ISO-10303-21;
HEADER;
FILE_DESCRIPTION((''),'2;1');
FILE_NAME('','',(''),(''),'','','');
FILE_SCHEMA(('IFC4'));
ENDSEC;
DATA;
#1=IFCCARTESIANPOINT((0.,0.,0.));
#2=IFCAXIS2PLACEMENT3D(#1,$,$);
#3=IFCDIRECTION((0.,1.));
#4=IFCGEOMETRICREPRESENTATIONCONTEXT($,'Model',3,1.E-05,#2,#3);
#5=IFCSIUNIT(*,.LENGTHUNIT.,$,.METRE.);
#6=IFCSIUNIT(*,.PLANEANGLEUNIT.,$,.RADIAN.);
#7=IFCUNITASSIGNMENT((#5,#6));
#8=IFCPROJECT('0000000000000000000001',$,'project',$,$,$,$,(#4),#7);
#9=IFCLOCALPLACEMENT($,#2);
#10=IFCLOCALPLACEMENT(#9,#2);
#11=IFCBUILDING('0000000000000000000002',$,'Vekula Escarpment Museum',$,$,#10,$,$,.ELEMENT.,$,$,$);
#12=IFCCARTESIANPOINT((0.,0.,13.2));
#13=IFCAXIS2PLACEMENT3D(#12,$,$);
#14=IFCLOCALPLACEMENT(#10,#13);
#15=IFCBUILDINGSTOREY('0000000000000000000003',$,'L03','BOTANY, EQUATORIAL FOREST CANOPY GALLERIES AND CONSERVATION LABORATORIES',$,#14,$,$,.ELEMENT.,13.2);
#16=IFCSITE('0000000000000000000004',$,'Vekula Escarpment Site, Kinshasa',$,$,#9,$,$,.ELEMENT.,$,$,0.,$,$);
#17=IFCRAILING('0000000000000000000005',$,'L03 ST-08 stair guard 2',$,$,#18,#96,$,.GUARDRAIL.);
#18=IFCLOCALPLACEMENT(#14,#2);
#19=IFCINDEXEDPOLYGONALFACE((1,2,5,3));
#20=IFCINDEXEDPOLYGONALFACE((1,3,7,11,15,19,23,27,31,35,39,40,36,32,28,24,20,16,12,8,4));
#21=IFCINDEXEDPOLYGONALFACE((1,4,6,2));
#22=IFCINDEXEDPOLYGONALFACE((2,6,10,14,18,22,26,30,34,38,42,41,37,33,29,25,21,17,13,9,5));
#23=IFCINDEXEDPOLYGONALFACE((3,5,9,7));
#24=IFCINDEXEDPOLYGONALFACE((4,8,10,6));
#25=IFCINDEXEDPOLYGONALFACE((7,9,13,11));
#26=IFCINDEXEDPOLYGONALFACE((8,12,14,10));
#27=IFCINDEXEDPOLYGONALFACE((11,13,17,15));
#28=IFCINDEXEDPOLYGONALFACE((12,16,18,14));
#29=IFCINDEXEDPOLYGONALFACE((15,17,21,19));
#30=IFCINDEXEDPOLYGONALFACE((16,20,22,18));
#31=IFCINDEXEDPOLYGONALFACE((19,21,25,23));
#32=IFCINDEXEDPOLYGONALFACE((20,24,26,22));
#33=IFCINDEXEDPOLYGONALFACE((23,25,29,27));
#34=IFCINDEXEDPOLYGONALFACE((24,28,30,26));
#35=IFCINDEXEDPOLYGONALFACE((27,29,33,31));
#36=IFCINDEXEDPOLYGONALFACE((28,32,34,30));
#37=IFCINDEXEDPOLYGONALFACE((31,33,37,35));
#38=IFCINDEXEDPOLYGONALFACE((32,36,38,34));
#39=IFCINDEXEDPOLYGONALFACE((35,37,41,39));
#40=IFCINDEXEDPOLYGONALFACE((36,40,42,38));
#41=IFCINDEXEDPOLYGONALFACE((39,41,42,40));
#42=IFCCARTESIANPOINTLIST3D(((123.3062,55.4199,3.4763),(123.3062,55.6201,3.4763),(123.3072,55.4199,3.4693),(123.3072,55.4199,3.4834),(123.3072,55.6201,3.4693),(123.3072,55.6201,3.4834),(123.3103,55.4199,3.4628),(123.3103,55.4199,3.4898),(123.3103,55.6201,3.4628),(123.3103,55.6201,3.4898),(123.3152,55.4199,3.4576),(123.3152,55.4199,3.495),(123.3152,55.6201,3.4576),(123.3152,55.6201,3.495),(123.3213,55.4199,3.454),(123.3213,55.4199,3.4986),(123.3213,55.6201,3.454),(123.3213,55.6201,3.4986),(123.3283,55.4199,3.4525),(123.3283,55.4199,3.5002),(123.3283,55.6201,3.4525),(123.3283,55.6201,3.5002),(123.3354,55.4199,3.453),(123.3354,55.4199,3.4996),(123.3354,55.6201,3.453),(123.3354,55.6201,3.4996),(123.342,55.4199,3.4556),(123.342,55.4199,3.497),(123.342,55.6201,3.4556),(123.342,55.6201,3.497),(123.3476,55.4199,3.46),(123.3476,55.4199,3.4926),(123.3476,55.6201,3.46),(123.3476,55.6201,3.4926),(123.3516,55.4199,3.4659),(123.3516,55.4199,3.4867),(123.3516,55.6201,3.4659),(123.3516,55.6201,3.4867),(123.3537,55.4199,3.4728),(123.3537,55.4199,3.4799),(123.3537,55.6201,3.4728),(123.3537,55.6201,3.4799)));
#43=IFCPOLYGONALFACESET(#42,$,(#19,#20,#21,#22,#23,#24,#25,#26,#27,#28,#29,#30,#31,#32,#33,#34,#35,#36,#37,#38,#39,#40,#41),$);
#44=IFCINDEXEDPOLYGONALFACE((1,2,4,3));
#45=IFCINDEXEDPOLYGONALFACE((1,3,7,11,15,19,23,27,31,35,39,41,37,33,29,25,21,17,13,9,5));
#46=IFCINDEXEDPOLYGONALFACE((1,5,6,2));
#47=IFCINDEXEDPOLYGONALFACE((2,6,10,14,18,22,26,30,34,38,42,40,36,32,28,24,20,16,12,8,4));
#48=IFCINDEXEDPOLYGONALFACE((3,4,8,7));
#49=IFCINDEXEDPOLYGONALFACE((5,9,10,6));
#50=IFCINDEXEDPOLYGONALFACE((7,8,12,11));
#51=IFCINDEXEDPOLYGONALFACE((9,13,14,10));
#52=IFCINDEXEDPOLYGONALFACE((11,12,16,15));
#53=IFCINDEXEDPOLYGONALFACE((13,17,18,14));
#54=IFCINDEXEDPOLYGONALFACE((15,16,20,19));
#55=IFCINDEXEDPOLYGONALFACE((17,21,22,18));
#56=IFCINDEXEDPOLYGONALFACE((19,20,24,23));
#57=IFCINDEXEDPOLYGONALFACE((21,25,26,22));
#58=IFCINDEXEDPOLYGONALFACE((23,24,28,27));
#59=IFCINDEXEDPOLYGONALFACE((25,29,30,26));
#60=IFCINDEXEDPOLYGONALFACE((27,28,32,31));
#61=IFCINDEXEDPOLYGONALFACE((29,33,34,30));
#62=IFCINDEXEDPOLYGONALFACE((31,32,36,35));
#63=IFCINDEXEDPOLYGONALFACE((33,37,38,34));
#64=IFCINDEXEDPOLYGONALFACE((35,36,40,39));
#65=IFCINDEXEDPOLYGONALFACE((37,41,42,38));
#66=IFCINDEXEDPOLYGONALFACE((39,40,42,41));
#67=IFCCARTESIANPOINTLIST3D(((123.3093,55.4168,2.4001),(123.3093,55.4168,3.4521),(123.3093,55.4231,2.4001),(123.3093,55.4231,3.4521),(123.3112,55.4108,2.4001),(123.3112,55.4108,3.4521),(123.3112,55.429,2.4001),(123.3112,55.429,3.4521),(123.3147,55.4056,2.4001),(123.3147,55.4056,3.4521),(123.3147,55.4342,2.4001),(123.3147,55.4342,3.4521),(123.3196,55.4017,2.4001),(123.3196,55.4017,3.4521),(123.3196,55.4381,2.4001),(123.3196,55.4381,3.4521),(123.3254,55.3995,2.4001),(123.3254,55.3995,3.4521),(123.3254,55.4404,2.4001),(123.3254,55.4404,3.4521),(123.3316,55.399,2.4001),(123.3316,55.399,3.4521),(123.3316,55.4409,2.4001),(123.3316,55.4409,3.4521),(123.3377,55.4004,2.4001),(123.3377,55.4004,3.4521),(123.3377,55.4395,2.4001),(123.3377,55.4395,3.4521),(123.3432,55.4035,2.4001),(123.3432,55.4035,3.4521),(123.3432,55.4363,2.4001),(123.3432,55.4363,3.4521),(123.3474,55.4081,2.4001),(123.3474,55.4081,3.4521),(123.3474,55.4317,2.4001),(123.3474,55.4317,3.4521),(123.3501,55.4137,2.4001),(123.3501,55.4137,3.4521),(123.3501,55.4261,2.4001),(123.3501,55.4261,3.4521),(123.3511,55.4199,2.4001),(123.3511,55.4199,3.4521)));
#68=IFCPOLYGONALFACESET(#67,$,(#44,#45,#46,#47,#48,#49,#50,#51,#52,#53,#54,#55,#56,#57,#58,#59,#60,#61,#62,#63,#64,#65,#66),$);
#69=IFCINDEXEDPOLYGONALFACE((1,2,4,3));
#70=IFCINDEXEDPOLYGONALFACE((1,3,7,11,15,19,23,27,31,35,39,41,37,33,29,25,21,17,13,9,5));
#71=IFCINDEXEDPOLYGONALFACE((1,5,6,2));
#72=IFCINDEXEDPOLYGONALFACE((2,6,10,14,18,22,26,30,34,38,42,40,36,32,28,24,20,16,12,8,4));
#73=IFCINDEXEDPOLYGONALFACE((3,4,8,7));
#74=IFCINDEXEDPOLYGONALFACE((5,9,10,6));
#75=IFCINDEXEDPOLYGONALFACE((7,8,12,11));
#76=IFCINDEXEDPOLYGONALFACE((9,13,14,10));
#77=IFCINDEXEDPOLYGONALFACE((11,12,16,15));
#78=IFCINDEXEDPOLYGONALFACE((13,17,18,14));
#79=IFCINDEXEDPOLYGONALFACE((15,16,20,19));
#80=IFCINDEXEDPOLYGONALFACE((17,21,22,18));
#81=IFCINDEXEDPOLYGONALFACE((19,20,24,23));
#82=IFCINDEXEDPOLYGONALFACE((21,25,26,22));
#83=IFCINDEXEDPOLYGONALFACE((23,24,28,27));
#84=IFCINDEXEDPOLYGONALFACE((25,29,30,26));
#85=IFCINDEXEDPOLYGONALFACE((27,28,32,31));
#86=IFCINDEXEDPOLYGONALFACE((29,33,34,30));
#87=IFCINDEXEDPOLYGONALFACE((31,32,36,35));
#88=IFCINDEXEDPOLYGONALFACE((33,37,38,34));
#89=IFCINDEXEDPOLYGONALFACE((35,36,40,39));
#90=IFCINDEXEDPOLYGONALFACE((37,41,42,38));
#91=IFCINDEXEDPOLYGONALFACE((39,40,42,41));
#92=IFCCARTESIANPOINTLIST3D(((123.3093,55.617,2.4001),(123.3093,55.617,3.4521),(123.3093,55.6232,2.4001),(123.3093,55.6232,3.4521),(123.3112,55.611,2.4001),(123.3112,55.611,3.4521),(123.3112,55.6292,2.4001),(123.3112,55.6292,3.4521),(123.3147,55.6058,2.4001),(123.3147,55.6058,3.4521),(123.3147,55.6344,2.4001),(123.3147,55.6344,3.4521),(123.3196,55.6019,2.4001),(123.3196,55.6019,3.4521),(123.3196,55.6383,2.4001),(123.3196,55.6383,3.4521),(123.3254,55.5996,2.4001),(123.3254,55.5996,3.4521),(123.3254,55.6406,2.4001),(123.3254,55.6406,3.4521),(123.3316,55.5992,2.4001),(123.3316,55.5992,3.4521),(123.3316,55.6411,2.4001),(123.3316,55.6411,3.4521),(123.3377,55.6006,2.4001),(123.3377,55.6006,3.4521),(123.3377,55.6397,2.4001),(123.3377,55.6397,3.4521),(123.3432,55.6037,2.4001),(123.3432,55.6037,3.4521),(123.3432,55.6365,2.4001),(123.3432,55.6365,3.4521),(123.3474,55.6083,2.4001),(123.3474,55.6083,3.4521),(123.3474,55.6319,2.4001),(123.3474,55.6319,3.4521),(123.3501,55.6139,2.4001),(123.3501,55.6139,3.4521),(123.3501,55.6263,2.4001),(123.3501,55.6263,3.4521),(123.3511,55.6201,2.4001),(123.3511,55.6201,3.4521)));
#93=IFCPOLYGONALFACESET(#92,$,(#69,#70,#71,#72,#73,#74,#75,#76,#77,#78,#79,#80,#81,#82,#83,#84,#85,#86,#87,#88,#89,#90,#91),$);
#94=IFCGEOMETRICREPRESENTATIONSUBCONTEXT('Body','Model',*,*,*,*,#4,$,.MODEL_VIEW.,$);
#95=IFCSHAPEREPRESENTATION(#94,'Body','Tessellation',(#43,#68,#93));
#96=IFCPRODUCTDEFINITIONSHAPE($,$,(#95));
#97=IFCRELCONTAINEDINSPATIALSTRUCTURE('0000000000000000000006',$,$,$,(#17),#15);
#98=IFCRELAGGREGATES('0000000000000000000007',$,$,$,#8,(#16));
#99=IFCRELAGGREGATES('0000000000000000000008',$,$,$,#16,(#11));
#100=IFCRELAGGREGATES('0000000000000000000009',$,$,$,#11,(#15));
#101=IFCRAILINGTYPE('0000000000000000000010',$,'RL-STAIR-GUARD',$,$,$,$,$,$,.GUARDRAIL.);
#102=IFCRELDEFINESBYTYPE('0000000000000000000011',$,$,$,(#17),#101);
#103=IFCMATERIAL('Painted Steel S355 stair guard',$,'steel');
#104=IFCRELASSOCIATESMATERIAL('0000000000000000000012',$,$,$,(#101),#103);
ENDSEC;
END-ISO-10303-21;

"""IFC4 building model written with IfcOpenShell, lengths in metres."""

from ifc_helpers import new_model, si_unit, direction, frame, origin, origin_2d, place, context, subcontext, project, spatial, circle, extrude, material, type_object, element, save


model = new_model("IFC4")

# Units and contexts
model_context = context("Model", 3, precision=1e-05, world=origin(), true_north=direction((0.0, 1.0)))
body_context = subcontext(model_context, "Body", "Model", "MODEL_VIEW")
ifc_project = project(units=[si_unit("LENGTHUNIT", "METRE"), si_unit("PLANEANGLEUNIT", "RADIAN")], contexts=[model_context])

# Site, building, storey
site_placement = place(None, origin())
site = spatial("IfcSite", under=ifc_project, at=site_placement, Name="Vekula Escarpment Site, Kinshasa", CompositionType="ELEMENT", RefElevation=0.0)
building_placement = place(site_placement, origin())
building = spatial("IfcBuilding", under=site, at=building_placement, Name="Vekula Escarpment Museum", CompositionType="ELEMENT")
storey_placement = place(building_placement, frame((0.0, 0.0, 13.2)))
storey = spatial("IfcBuildingStorey", under=building, at=storey_placement, Name="L03", Description="BOTANY, EQUATORIAL FOREST CANOPY GALLERIES AND CONSERVATION LABORATORIES", CompositionType="ELEMENT", Elevation=13.2)

# Railing
ifc_material_1 = material(Name="Painted Steel S355 stair guard", Category="steel")
railing_type_1 = type_object("IfcRailingType", Name="RL-STAIR-GUARD", PredefinedType="GUARDRAIL", material=ifc_material_1)
railing_1_placement = place(storey_placement, frame((123.3301, 55.4199, 2.4001)))
element("IfcRailing", 1, at=railing_1_placement, inside=storey, type_object=railing_type_1, Name="L03 ST-08 stair guard 2", PredefinedType="GUARDRAIL", context=body_context, shape_type="SweptSolid", body=[
    extrude(circle(Radius=0.0239, at=origin_2d()), frame((0.0, 0.0, 1.0762), z_axis=(0.0, 1.0, 0.0), x_axis=(-1.0, 0.0, 0.0)), (0.0, 0.0, 1.0), 0.2002),
    extrude(circle(Radius=0.021, at=origin_2d()), origin(), (0.0, 0.0, 1.0), 1.052),
    extrude(circle(Radius=0.021, at=origin_2d()), frame((0.0, 0.2002, 0.0)), (0.0, 0.0, 1.0), 1.052),
])

save(model, "model.ifc")
